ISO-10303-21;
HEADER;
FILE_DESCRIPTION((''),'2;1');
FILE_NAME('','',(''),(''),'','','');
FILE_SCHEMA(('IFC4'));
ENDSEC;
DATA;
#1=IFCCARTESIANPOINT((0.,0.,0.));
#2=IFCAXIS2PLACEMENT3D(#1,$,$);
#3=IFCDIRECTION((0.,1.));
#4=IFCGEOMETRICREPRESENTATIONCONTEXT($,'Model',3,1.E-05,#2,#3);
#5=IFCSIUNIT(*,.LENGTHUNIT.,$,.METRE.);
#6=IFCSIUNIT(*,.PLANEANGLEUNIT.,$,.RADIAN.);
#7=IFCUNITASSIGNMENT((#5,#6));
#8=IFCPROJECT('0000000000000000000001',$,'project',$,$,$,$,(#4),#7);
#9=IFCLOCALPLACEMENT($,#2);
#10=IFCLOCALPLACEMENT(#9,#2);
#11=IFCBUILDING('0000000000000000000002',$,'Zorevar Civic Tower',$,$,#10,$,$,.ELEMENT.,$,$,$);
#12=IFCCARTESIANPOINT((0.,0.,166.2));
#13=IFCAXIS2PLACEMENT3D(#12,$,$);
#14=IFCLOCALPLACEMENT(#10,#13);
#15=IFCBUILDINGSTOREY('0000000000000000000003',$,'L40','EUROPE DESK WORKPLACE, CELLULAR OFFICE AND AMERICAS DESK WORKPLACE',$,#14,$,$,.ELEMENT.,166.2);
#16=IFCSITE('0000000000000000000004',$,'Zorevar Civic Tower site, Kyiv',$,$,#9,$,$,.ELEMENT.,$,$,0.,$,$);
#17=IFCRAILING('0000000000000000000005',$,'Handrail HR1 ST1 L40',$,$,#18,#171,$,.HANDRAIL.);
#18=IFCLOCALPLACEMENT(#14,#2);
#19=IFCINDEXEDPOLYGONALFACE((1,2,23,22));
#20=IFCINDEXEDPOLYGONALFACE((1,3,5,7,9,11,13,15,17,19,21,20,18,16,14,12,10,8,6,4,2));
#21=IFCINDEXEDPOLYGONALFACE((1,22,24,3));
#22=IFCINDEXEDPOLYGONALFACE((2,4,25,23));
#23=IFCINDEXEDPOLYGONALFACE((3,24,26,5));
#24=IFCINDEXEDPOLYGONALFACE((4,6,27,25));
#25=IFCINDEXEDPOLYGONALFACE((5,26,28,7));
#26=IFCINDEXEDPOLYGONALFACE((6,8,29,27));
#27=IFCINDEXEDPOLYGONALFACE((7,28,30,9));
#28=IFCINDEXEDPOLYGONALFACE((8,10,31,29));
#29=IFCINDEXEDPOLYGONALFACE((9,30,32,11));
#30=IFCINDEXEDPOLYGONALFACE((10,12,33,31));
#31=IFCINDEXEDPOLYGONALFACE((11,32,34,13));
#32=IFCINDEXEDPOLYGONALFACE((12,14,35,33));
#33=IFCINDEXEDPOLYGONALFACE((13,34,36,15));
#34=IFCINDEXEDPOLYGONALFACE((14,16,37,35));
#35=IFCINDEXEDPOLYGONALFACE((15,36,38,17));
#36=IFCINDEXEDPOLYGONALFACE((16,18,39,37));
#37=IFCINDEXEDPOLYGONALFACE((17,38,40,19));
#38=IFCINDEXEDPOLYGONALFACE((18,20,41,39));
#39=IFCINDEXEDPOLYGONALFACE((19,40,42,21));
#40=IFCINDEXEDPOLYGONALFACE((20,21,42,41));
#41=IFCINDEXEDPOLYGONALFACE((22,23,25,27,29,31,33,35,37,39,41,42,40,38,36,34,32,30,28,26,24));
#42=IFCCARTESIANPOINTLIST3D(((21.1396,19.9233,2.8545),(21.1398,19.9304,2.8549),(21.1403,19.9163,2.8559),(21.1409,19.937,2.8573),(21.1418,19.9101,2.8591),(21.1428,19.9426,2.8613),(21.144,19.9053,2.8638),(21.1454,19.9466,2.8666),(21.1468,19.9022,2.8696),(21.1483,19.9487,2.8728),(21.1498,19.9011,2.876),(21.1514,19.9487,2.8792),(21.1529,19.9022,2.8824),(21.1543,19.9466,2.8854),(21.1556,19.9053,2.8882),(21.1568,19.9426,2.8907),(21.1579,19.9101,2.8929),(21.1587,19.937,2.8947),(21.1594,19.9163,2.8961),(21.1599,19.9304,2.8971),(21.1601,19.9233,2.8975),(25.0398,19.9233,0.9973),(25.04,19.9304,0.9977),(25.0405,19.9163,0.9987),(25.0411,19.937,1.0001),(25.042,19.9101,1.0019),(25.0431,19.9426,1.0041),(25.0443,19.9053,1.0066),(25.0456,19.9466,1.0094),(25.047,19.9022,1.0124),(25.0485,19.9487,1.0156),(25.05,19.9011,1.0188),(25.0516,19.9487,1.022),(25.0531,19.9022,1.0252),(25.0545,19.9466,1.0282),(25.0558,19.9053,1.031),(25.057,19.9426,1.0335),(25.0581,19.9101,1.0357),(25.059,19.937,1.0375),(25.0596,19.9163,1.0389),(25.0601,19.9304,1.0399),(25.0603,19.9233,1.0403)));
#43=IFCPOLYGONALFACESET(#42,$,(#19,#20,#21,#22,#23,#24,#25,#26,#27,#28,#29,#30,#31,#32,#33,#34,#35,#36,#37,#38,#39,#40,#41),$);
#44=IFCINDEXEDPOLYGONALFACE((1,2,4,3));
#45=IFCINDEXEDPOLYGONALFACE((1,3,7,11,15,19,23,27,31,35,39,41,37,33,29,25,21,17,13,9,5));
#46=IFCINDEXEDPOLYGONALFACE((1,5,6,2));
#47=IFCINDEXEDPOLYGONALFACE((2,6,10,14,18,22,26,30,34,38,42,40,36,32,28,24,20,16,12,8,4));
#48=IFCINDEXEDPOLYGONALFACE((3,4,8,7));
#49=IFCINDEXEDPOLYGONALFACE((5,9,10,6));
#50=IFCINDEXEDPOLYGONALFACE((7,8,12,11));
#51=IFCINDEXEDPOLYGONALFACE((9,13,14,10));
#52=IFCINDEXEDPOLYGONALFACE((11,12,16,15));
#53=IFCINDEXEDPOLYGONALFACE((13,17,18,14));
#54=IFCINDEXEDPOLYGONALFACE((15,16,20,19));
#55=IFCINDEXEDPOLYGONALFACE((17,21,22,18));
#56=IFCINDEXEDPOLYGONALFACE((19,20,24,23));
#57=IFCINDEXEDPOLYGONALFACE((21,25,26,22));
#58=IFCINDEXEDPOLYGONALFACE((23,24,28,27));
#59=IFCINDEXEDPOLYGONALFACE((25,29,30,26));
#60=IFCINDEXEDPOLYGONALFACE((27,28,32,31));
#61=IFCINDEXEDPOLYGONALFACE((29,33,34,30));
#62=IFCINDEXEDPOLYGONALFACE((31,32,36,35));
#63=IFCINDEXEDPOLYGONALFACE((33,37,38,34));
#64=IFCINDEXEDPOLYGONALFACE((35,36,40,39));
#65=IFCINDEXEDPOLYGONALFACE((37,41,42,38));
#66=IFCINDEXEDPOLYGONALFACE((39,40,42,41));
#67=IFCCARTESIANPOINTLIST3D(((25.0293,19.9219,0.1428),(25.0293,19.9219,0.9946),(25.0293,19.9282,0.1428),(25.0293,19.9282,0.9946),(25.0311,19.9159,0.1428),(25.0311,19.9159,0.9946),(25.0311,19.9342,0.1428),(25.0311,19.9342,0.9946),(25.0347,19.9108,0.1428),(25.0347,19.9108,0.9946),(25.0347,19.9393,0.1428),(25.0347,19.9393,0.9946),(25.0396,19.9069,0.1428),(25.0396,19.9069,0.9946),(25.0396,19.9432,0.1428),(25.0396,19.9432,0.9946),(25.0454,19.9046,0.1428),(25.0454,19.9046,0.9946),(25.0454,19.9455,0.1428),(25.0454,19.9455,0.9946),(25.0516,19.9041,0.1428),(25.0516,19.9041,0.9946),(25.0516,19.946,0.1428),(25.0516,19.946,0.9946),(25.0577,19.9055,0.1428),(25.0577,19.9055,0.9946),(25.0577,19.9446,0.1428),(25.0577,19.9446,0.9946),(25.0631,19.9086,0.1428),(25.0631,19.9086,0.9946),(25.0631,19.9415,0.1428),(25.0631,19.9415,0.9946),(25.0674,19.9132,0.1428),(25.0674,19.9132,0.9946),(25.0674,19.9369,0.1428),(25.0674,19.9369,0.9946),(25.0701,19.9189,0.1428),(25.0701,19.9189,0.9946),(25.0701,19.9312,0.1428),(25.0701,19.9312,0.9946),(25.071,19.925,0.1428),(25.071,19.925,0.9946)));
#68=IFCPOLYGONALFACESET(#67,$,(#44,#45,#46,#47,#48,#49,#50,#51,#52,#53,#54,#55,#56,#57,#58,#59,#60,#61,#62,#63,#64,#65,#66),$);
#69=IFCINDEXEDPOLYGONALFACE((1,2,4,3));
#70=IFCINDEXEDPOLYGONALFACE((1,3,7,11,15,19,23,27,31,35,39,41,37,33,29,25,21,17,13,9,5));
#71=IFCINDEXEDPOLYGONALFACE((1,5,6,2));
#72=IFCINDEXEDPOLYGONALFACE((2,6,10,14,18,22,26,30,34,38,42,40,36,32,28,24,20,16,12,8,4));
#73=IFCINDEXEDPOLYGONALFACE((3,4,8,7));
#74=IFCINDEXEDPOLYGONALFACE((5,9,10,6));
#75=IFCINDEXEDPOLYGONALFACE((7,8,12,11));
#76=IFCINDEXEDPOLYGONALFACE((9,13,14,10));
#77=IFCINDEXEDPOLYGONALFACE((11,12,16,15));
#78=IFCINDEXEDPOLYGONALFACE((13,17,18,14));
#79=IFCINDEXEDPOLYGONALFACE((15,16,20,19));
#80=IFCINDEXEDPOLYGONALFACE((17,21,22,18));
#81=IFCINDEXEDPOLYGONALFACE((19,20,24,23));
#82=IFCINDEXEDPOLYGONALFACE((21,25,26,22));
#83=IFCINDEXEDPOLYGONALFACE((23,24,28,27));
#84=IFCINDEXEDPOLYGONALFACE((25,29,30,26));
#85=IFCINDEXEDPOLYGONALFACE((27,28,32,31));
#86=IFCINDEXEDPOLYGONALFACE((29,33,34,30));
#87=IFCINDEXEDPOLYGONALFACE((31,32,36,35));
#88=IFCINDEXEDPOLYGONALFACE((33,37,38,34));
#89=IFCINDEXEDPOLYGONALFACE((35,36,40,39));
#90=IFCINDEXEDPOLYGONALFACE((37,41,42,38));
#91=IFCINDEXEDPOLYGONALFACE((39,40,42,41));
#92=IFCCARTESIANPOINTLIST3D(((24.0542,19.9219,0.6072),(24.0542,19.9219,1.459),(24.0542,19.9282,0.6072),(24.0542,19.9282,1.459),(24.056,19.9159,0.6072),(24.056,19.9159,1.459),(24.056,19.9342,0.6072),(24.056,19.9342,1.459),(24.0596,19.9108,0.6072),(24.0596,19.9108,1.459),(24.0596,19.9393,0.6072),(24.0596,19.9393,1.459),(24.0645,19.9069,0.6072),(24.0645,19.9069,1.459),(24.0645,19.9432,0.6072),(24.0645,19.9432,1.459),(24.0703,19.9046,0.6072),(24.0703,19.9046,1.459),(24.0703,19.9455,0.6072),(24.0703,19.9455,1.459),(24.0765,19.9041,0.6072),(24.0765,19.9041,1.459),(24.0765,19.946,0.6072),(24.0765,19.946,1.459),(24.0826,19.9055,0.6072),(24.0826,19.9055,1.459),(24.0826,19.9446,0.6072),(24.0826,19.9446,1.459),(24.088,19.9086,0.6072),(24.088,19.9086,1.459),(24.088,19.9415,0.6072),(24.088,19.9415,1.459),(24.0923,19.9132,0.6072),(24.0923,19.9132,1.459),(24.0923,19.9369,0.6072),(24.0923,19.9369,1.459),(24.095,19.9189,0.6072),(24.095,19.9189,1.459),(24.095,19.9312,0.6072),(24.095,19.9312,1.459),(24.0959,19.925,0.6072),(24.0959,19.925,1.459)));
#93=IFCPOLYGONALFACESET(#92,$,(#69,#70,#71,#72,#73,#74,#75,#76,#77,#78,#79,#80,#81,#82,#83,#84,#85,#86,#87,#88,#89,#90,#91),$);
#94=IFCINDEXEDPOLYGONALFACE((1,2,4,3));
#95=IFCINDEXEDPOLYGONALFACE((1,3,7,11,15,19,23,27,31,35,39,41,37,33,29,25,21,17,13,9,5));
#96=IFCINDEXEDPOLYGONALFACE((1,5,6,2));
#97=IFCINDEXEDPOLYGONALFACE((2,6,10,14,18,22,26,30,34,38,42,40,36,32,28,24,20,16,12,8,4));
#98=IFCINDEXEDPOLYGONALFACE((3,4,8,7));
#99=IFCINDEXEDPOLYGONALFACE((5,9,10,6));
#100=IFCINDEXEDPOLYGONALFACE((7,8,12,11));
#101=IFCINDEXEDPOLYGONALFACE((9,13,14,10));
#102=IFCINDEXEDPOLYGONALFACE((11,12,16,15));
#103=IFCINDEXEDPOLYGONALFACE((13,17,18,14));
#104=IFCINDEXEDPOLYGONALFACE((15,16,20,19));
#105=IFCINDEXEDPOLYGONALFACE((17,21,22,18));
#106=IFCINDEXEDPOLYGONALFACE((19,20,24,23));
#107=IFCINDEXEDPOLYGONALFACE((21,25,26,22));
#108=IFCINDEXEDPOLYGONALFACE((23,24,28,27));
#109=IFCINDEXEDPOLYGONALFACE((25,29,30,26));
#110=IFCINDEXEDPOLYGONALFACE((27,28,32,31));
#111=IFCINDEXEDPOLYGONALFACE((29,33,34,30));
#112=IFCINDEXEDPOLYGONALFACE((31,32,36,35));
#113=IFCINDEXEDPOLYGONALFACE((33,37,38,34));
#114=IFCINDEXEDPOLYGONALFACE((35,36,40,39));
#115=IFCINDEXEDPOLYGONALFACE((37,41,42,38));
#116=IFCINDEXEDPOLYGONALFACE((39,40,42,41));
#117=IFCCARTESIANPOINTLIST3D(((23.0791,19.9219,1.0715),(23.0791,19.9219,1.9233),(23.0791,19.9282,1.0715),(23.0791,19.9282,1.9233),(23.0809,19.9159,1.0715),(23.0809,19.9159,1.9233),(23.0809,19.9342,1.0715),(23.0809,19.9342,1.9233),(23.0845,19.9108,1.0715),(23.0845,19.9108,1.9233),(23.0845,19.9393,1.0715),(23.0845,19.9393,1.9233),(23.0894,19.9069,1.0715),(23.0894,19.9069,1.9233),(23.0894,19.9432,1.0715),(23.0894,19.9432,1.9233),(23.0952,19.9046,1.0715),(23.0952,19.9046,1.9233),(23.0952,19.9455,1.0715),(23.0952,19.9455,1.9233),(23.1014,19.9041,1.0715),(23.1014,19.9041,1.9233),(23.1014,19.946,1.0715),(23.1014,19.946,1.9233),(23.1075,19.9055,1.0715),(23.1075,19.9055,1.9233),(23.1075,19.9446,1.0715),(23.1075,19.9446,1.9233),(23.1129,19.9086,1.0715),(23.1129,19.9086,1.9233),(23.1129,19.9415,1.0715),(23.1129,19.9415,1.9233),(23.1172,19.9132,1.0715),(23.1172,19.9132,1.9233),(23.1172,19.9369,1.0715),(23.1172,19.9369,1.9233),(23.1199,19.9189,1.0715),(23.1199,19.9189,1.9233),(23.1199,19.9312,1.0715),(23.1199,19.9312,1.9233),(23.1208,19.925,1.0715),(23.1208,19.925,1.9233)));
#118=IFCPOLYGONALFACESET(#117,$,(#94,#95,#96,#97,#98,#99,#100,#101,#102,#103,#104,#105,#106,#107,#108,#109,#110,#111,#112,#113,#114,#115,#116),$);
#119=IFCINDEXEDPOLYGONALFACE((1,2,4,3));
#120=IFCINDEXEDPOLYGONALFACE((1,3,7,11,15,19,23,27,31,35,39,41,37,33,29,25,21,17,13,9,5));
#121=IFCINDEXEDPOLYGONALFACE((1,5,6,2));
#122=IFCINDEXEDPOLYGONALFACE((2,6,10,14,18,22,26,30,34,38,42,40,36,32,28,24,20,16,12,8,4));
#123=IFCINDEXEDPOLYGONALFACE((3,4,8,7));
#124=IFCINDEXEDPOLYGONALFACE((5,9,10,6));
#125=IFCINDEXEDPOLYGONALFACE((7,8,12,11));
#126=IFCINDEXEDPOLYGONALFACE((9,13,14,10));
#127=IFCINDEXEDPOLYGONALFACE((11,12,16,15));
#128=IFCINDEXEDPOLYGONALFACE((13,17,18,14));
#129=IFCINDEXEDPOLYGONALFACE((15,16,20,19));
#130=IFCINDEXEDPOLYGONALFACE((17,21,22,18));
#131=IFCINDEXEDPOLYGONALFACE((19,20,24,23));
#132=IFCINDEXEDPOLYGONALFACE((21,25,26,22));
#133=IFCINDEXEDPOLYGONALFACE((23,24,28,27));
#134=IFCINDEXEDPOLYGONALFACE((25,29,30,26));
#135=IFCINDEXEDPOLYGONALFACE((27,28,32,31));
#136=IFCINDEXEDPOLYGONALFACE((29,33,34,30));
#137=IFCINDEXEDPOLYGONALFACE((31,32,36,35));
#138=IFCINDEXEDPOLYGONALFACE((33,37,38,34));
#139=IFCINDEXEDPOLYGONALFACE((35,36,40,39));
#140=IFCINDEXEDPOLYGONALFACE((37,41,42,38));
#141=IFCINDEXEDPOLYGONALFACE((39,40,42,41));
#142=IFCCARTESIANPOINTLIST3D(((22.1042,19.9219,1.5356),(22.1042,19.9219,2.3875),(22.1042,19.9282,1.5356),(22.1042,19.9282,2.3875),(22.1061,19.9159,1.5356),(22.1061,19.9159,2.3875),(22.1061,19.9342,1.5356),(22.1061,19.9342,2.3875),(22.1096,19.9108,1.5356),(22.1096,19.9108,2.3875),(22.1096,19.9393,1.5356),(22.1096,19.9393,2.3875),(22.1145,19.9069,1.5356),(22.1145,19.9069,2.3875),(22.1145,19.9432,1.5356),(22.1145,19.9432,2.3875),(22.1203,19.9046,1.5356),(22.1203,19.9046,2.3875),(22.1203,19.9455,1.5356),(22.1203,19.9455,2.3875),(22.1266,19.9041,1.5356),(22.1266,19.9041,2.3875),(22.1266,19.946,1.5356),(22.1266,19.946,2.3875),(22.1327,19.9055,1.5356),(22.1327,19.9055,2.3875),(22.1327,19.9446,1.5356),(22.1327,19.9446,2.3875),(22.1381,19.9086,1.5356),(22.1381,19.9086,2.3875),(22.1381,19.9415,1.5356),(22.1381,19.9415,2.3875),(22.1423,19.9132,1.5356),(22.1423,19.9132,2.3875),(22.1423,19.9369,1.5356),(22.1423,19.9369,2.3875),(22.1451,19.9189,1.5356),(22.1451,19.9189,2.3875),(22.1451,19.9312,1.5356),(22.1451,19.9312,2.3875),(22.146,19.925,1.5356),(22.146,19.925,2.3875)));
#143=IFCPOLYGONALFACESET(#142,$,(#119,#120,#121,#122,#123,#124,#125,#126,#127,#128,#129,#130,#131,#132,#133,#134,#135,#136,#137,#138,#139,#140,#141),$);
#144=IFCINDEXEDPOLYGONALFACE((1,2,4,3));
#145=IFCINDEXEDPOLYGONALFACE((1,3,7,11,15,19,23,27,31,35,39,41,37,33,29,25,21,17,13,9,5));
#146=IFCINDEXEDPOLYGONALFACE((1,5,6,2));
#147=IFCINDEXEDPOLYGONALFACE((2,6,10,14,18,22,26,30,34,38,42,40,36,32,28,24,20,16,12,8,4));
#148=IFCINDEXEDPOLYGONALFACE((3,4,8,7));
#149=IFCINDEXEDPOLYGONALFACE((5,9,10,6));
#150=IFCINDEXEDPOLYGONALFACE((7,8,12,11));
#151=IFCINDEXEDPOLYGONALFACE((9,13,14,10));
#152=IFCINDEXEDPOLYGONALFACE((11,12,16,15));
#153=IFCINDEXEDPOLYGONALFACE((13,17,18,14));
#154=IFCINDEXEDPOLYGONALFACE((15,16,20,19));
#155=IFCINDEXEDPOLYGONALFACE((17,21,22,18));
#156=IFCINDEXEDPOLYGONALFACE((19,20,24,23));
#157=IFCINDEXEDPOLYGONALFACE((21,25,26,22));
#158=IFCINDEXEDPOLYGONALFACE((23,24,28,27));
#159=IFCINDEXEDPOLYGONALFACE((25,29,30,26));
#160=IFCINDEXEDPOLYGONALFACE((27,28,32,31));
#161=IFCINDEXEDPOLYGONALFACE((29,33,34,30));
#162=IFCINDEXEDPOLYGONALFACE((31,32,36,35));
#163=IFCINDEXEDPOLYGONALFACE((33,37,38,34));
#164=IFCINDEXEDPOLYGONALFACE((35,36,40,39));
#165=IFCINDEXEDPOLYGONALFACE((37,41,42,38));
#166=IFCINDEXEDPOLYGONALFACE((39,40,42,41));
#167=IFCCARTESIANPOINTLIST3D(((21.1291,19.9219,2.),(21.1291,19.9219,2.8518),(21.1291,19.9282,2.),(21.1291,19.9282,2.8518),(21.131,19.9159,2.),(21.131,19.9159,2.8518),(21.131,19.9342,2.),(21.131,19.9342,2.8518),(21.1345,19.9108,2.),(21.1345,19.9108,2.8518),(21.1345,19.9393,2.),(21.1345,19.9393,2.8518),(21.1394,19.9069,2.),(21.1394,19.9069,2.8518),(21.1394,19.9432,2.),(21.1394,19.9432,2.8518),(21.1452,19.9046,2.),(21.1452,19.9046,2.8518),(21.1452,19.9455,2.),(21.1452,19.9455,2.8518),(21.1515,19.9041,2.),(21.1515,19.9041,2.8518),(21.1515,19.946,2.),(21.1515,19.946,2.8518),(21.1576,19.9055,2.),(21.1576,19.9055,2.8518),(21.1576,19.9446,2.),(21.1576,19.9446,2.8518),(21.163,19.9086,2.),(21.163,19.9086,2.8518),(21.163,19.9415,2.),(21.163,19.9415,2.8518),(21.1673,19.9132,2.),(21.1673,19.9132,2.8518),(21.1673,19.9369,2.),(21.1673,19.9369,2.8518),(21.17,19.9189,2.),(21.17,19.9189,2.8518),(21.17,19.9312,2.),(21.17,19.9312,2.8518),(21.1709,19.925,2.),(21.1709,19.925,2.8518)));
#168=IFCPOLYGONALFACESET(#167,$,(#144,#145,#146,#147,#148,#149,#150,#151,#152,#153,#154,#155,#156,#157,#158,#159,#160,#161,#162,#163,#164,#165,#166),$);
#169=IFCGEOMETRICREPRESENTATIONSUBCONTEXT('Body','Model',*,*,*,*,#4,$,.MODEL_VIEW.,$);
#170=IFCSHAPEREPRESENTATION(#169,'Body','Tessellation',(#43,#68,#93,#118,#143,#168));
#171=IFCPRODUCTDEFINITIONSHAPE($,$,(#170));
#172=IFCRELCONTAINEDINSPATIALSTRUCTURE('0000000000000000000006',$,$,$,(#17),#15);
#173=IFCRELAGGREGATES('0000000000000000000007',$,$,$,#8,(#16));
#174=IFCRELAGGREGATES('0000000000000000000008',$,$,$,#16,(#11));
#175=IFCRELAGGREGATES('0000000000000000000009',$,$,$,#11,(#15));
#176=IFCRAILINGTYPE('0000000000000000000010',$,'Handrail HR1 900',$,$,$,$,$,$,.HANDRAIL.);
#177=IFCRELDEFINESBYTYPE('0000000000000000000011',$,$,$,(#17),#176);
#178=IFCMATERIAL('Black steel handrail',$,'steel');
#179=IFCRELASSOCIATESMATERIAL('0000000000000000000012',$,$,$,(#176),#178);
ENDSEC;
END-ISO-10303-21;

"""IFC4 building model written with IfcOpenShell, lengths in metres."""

from ifc_helpers import new_model, si_unit, direction, frame, origin, origin_2d, place, context, subcontext, project, spatial, circle, extrude, material, type_object, element, save


model = new_model("IFC4")

# Units and contexts
model_context = context("Model", 3, precision=1e-05, world=origin(), true_north=direction((0.0, 1.0)))
body_context = subcontext(model_context, "Body", "Model", "MODEL_VIEW")
ifc_project = project(units=[si_unit("LENGTHUNIT", "METRE"), si_unit("PLANEANGLEUNIT", "RADIAN")], contexts=[model_context])

# Site, building, storey
site_placement = place(None, origin())
site = spatial("IfcSite", under=ifc_project, at=site_placement, Name="Zorevar Civic Tower site, Kyiv", CompositionType="ELEMENT", RefElevation=0.0)
building_placement = place(site_placement, origin())
building = spatial("IfcBuilding", under=site, at=building_placement, Name="Zorevar Civic Tower", CompositionType="ELEMENT")
storey_placement = place(building_placement, frame((0.0, 0.0, 166.2)))
storey = spatial("IfcBuildingStorey", under=building, at=storey_placement, Name="L40", Description="EUROPE DESK WORKPLACE, CELLULAR OFFICE AND AMERICAS DESK WORKPLACE", CompositionType="ELEMENT", Elevation=166.2)

# Railing
ifc_material_1 = material(Name="Black steel handrail", Category="steel")
railing_type = type_object("IfcRailingType", Name="Handrail HR1 900", PredefinedType="HANDRAIL", material=ifc_material_1)
railing_1_placement = place(storey_placement, frame((25.05, 19.925, 0.1428)))
element("IfcRailing", 1, at=railing_1_placement, inside=storey, type_object=railing_type, Name="Handrail HR1 ST1 L40", PredefinedType="HANDRAIL", context=body_context, shape_type="SweptSolid", body=[
    extrude(circle(Radius=0.0239, at=origin_2d()), frame((0.0, 0.0, 0.876), z_axis=(-0.902864, 0.0, 0.429927), x_axis=(0.0, -1.0, 0.0)), (0.0, 0.0, 1.0), 4.3198),
    extrude(circle(Radius=0.021, at=origin_2d()), origin(), (0.0, 0.0, 1.0), 0.8518),
    extrude(circle(Radius=0.021, at=origin_2d()), frame((-0.9751, 0.0, 0.4644)), (0.0, 0.0, 1.0), 0.8518),
    extrude(circle(Radius=0.021, at=origin_2d()), frame((-1.9502, 0.0, 0.9287)), (0.0, 0.0, 1.0), 0.8518),
    extrude(circle(Radius=0.021, at=origin_2d()), frame((-2.925, 0.0, 1.3928)), (0.0, 0.0, 1.0), 0.8518),
    extrude(circle(Radius=0.021, at=origin_2d()), frame((-3.9001, 0.0, 1.8572)), (0.0, 0.0, 1.0), 0.8518),
])

save(model, "model.ifc")
